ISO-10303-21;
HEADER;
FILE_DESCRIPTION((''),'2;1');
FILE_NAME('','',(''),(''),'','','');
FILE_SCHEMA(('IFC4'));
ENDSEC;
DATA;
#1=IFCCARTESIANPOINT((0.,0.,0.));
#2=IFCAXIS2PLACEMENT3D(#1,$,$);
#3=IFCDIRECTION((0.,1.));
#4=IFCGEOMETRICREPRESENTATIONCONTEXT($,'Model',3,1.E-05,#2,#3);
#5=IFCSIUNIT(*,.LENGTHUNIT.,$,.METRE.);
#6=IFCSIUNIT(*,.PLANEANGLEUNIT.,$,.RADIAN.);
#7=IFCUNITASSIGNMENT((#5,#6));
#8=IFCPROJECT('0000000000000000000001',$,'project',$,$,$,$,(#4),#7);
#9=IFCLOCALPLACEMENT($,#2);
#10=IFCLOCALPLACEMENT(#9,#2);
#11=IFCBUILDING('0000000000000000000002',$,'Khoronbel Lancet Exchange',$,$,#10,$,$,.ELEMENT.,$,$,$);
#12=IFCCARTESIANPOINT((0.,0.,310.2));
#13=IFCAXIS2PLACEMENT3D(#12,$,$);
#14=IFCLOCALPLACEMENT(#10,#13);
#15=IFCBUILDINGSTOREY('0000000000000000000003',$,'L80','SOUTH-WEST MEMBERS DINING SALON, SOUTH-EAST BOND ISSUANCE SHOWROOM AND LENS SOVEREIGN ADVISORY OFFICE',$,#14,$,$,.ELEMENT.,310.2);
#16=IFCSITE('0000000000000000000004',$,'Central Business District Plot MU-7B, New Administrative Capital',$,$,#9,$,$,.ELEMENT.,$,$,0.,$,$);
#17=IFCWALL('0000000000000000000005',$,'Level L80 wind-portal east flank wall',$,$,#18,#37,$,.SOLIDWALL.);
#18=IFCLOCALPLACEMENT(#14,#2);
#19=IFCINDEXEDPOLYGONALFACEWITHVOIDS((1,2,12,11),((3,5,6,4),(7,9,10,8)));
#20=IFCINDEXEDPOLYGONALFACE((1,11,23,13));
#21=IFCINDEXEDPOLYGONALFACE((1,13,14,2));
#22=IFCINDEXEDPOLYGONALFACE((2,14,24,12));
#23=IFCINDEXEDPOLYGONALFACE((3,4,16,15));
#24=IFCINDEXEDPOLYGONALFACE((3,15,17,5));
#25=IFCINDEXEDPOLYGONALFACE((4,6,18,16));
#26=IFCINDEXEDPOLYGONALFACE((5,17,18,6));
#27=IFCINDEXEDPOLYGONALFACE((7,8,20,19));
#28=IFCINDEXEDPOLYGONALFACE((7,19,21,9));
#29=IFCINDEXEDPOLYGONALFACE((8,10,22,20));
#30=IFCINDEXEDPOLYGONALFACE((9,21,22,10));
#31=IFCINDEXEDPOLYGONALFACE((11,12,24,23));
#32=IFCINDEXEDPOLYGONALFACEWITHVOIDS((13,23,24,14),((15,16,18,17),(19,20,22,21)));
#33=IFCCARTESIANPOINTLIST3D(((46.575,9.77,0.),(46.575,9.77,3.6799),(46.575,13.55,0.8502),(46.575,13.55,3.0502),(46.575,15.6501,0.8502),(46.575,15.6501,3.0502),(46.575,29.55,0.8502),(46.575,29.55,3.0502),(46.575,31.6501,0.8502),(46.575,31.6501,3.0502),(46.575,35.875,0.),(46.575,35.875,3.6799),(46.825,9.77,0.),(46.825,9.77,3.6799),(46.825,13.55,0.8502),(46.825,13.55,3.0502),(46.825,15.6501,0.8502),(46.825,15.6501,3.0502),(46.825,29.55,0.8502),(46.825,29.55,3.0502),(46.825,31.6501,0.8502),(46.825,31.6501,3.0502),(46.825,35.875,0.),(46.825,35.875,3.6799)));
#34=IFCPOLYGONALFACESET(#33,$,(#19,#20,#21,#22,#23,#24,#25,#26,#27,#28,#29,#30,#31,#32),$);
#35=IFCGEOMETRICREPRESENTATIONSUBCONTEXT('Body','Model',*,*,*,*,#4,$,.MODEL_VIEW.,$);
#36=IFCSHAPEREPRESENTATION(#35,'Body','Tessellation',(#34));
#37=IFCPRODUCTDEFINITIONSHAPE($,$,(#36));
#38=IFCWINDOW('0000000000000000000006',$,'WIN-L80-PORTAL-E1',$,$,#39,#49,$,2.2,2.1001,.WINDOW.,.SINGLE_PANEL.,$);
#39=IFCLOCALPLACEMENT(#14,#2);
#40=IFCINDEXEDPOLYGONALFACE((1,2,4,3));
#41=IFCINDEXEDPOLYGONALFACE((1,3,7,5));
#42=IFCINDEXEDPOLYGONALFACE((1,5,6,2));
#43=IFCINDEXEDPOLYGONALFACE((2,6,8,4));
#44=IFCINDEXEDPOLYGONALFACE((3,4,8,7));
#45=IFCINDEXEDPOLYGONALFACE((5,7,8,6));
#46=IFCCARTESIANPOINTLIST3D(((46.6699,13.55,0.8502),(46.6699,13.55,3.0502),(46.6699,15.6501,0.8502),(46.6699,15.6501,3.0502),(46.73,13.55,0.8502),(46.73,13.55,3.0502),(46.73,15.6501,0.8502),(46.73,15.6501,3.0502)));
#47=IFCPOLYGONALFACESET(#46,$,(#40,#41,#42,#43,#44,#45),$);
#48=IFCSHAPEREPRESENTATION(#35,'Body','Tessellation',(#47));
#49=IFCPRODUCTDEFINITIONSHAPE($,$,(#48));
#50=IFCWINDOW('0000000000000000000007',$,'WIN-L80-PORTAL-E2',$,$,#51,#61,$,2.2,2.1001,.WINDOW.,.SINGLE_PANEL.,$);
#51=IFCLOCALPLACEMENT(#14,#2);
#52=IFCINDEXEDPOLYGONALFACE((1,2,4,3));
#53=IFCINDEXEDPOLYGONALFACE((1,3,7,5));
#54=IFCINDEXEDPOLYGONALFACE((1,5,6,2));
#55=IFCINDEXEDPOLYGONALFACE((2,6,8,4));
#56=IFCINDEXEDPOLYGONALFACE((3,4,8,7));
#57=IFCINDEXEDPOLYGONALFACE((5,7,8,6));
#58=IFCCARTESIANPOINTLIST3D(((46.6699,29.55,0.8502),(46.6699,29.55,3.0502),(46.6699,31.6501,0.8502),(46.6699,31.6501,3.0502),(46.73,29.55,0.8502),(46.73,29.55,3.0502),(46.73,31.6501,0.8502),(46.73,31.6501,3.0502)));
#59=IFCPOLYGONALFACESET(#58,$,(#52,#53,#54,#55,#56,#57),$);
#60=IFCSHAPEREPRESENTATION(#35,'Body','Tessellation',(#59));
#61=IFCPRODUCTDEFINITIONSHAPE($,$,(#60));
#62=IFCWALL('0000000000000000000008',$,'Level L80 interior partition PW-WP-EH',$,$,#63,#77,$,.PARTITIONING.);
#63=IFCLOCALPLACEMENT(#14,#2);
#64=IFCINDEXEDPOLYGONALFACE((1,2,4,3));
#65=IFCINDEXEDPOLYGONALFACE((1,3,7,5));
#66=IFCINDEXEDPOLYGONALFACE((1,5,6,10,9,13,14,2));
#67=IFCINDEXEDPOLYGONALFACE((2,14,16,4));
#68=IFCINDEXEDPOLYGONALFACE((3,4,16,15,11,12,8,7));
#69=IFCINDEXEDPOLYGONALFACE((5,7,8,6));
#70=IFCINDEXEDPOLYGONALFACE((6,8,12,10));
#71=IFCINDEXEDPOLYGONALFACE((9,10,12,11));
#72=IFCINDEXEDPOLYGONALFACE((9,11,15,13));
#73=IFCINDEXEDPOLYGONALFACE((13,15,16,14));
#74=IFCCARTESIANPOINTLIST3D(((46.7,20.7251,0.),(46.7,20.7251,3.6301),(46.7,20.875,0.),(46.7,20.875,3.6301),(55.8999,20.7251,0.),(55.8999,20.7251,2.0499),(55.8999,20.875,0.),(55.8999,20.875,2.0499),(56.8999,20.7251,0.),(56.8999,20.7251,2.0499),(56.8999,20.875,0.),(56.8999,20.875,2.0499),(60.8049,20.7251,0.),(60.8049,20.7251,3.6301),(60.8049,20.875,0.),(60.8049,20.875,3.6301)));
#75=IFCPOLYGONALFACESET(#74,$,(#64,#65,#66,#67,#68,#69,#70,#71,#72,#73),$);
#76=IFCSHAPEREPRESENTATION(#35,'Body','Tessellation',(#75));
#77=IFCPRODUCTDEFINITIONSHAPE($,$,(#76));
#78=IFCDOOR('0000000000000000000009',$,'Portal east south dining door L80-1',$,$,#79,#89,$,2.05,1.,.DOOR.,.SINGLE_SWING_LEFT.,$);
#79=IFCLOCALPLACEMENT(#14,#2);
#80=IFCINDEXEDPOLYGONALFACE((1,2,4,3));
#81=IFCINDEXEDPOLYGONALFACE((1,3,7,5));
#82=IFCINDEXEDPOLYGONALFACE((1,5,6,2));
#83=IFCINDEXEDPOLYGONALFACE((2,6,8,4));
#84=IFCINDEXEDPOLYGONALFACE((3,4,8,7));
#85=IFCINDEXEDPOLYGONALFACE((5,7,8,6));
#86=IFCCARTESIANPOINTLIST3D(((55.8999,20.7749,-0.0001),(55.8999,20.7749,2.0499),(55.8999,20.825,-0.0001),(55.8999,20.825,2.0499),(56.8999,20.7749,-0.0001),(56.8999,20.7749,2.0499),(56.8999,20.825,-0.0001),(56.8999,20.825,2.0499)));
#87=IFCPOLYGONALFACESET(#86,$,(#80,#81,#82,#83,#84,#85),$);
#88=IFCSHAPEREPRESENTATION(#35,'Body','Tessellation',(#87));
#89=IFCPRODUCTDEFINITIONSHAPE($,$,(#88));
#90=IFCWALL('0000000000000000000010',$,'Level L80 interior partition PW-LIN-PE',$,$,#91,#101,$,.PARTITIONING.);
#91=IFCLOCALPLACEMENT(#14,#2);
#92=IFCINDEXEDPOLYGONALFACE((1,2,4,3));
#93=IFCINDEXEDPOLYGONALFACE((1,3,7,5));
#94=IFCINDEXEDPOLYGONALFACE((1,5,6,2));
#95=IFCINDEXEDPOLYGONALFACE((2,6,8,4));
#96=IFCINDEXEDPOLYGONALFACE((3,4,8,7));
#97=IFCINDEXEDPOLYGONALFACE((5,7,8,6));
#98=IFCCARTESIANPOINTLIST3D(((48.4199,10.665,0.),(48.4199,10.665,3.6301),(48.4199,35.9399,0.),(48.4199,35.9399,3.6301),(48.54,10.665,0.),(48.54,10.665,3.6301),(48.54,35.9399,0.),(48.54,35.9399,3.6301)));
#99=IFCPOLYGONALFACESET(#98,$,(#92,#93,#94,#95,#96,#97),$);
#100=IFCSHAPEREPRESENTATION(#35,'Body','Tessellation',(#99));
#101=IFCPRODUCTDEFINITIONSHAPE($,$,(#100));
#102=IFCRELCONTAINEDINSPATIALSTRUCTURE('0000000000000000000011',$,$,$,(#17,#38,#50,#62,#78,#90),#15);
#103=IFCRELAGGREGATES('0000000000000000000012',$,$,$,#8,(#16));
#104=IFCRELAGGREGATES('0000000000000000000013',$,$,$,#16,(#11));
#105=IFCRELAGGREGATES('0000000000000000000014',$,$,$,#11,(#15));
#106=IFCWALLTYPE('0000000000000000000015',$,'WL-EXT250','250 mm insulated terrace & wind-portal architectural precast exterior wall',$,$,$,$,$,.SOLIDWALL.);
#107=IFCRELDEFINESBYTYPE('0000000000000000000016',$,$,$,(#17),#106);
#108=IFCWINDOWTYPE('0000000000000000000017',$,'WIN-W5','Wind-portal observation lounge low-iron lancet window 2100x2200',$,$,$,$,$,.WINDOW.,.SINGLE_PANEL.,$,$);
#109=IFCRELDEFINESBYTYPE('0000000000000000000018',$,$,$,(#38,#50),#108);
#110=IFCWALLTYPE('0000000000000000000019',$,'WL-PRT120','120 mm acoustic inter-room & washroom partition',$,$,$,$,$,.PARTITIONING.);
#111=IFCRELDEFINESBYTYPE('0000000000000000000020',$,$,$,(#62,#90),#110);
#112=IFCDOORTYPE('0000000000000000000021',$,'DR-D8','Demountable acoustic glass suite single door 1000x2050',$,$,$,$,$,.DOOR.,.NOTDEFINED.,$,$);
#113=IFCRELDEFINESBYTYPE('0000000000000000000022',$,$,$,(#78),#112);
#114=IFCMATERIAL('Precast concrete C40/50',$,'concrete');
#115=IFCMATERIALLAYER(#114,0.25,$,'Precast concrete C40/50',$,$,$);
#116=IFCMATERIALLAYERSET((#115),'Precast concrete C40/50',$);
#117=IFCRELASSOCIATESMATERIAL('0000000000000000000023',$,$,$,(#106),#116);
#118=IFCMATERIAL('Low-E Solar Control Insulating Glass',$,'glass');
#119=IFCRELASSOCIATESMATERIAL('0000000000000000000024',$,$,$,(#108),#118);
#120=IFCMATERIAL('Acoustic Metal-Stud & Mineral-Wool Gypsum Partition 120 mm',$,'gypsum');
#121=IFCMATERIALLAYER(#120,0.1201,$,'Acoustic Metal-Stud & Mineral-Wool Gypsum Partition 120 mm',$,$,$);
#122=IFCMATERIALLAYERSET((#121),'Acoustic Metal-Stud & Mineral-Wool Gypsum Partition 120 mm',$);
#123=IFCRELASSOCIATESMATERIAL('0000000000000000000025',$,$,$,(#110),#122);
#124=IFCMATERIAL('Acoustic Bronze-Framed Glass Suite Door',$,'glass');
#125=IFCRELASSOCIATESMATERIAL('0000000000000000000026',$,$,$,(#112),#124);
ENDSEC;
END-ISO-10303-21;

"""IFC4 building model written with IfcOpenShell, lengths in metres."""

from ifc_helpers import new_model, si_unit, direction, frame, frame_2d, origin, place, context, subcontext, project, spatial, rectangle, extrude, material, layer, layer_set, type_object, element, fill, save


model = new_model("IFC4")

# Units and contexts
model_context = context("Model", 3, precision=1e-05, world=origin(), true_north=direction((0.0, 1.0)))
body_context = subcontext(model_context, "Body", "Model", "MODEL_VIEW")
ifc_project = project(units=[si_unit("LENGTHUNIT", "METRE"), si_unit("PLANEANGLEUNIT", "RADIAN")], contexts=[model_context])

# Site, building, storey
site_placement = place(None, origin())
site = spatial("IfcSite", under=ifc_project, at=site_placement, Name="Central Business District Plot MU-7B, New Administrative Capital", CompositionType="ELEMENT", RefElevation=0.0)
building_placement = place(site_placement, origin())
building = spatial("IfcBuilding", under=site, at=building_placement, Name="Khoronbel Lancet Exchange", CompositionType="ELEMENT")
storey_placement = place(building_placement, frame((0.0, 0.0, 310.2)))
storey = spatial("IfcBuildingStorey", under=building, at=storey_placement, Name="L80", Description="SOUTH-WEST MEMBERS DINING SALON, SOUTH-EAST BOND ISSUANCE SHOWROOM AND LENS SOVEREIGN ADVISORY OFFICE", CompositionType="ELEMENT", Elevation=310.2)

# Shared definitions
ifc_material_1 = material(Name="Low-E Solar Control Insulating Glass", Category="glass")

# Wall, openings, windows
ifc_material_2 = material(Name="Precast concrete C40/50", Category="concrete")
ifc_layer_1 = layer(ifc_material_2, 0.25, Name="Precast concrete C40/50")
ifc_layer_set_1 = layer_set([ifc_layer_1], Name="Precast concrete C40/50")
wall_type_1 = type_object("IfcWallType", Name="WL-EXT250", Description="250 mm insulated terrace & wind-portal architectural precast exterior wall", PredefinedType="SOLIDWALL", material=ifc_layer_set_1)
wall_1_placement = place(storey_placement, frame((46.7, 9.77, 0.0), z_axis=(0.0, 0.0, 1.0), x_axis=(0.0, 1.0, 0.0)))
wall_1 = element("IfcWall", 1, at=wall_1_placement, inside=storey, type_object=wall_type_1, Name="Level L80 wind-portal east flank wall", PredefinedType="SOLIDWALL", context=body_context, shape_type="SweptSolid", body=[
    extrude(rectangle(XDim=26.105, YDim=0.25, at=frame_2d((13.0525, 0.0))), origin(), (0.0, 0.0, 1.0), 3.6799),
])
opening_1_placement = place(wall_1_placement, frame((3.78, 0.0, 0.8501)))
opening_1 = element("IfcOpeningElement", 2, at=opening_1_placement, cuts=wall_1, PredefinedType="OPENING", context=body_context, shape_type="SweptSolid", body=[
    extrude(rectangle(XDim=2.1001, YDim=2.2, at=frame_2d((1.05, 1.1001))), frame((0.0, 0.135, 0.0), z_axis=(0.0, -1.0, 0.0), x_axis=(1.0, 0.0, 0.0)), (0.0, 0.0, 1.0), 0.27),
])
opening_2_placement = place(wall_1_placement, frame((19.78, 0.0, 0.8501)))
opening_2 = element("IfcOpeningElement", 3, at=opening_2_placement, cuts=wall_1, PredefinedType="OPENING", context=body_context, shape_type="SweptSolid", body=[
    extrude(rectangle(XDim=2.1001, YDim=2.2, at=frame_2d((1.05, 1.1001))), frame((0.0, 0.135, 0.0), z_axis=(0.0, -1.0, 0.0), x_axis=(1.0, 0.0, 0.0)), (0.0, 0.0, 1.0), 0.27),
])
window_type = type_object("IfcWindowType", Name="WIN-W5", Description="Wind-portal observation lounge low-iron lancet window 2100x2200", PartitioningType="SINGLE_PANEL", PredefinedType="WINDOW", material=ifc_material_1)
window_1_placement = place(opening_1_placement, origin())
window_1 = element("IfcWindow", 4, at=window_1_placement, inside=storey, type_object=window_type, Name="WIN-L80-PORTAL-E1", OverallHeight=2.2, OverallWidth=2.1001, PartitioningType="SINGLE_PANEL", PredefinedType="WINDOW", context=body_context, shape_type="SweptSolid", body=[
    extrude(rectangle(XDim=2.1001, YDim=2.2, at=frame_2d((1.05, 1.1001))), frame((0.0, 0.03, 0.0), z_axis=(0.0, -1.0, 0.0), x_axis=(1.0, 0.0, 0.0)), (0.0, 0.0, 1.0), 0.0601),
])
fill(opening_1, window_1)
window_2_placement = place(opening_2_placement, origin())
window_2 = element("IfcWindow", 5, at=window_2_placement, inside=storey, type_object=window_type, Name="WIN-L80-PORTAL-E2", OverallHeight=2.2, OverallWidth=2.1001, PartitioningType="SINGLE_PANEL", PredefinedType="WINDOW", context=body_context, shape_type="SweptSolid", body=[
    extrude(rectangle(XDim=2.1001, YDim=2.2, at=frame_2d((1.05, 1.1001))), frame((0.0, 0.03, 0.0), z_axis=(0.0, -1.0, 0.0), x_axis=(1.0, 0.0, 0.0)), (0.0, 0.0, 1.0), 0.0601),
])
fill(opening_2, window_2)

# Wall, opening, door
ifc_material_3 = material(Name="Acoustic Metal-Stud & Mineral-Wool Gypsum Partition 120 mm", Category="gypsum")
ifc_layer_2 = layer(ifc_material_3, 0.1201, Name="Acoustic Metal-Stud & Mineral-Wool Gypsum Partition 120 mm")
ifc_layer_set_2 = layer_set([ifc_layer_2], Name="Acoustic Metal-Stud & Mineral-Wool Gypsum Partition 120 mm")
wall_type_2 = type_object("IfcWallType", Name="WL-PRT120", Description="120 mm acoustic inter-room & washroom partition", PredefinedType="PARTITIONING", material=ifc_layer_set_2)
wall_2_placement = place(storey_placement, frame((46.7, 20.8, 0.0), z_axis=(0.0, 0.0, 1.0), x_axis=(1.0, 0.0, 0.0)))
wall_2 = element("IfcWall", 6, at=wall_2_placement, inside=storey, type_object=wall_type_2, Name="Level L80 interior partition PW-WP-EH", PredefinedType="PARTITIONING", context=body_context, shape_type="SweptSolid", body=[
    extrude(rectangle(XDim=14.105, YDim=0.1499, at=frame_2d((7.0525, 0.0))), origin(), (0.0, 0.0, 1.0), 3.6301),
])
opening_3_placement = place(wall_2_placement, frame((9.2, 0.0, 0.0)))
opening_3 = element("IfcOpeningElement", 7, at=opening_3_placement, cuts=wall_2, PredefinedType="OPENING", context=body_context, shape_type="SweptSolid", body=[
    extrude(rectangle(XDim=1.0, YDim=2.05, at=frame_2d((0.5, 1.0249))), frame((0.0, 0.085, 0.0), z_axis=(0.0, -1.0, 0.0), x_axis=(1.0, 0.0, 0.0)), (0.0, 0.0, 1.0), 0.1699),
])
ifc_material_4 = material(Name="Acoustic Bronze-Framed Glass Suite Door", Category="glass")
door_type = type_object("IfcDoorType", Name="DR-D8", Description="Demountable acoustic glass suite single door 1000x2050", OperationType="NOTDEFINED", PredefinedType="DOOR", material=ifc_material_4)
door_placement = place(opening_3_placement, origin())
door = element("IfcDoor", 8, at=door_placement, inside=storey, type_object=door_type, Name="Portal east south dining door L80-1", OperationType="SINGLE_SWING_LEFT", OverallHeight=2.05, OverallWidth=1.0, PredefinedType="DOOR", context=body_context, shape_type="SweptSolid", body=[
    extrude(rectangle(XDim=1.0, YDim=2.05, at=frame_2d((0.5, 1.0249))), frame((0.0, 0.0249, 0.0), z_axis=(0.0, -1.0, 0.0), x_axis=(1.0, 0.0, 0.0)), (0.0, 0.0, 1.0), 0.05),
])
fill(opening_3, door)

# Wall
wall_3_placement = place(storey_placement, frame((48.48, 10.665, 0.0), z_axis=(0.0, 0.0, 1.0), x_axis=(0.0, 1.0, 0.0)))
element("IfcWall", 9, at=wall_3_placement, inside=storey, type_object=wall_type_2, Name="Level L80 interior partition PW-LIN-PE", PredefinedType="PARTITIONING", context=body_context, shape_type="SweptSolid", body=[
    extrude(rectangle(XDim=25.2749, YDim=0.1201, at=frame_2d((12.6375, 0.0))), origin(), (0.0, 0.0, 1.0), 3.6301),
])

save(model, "model.ifc")
